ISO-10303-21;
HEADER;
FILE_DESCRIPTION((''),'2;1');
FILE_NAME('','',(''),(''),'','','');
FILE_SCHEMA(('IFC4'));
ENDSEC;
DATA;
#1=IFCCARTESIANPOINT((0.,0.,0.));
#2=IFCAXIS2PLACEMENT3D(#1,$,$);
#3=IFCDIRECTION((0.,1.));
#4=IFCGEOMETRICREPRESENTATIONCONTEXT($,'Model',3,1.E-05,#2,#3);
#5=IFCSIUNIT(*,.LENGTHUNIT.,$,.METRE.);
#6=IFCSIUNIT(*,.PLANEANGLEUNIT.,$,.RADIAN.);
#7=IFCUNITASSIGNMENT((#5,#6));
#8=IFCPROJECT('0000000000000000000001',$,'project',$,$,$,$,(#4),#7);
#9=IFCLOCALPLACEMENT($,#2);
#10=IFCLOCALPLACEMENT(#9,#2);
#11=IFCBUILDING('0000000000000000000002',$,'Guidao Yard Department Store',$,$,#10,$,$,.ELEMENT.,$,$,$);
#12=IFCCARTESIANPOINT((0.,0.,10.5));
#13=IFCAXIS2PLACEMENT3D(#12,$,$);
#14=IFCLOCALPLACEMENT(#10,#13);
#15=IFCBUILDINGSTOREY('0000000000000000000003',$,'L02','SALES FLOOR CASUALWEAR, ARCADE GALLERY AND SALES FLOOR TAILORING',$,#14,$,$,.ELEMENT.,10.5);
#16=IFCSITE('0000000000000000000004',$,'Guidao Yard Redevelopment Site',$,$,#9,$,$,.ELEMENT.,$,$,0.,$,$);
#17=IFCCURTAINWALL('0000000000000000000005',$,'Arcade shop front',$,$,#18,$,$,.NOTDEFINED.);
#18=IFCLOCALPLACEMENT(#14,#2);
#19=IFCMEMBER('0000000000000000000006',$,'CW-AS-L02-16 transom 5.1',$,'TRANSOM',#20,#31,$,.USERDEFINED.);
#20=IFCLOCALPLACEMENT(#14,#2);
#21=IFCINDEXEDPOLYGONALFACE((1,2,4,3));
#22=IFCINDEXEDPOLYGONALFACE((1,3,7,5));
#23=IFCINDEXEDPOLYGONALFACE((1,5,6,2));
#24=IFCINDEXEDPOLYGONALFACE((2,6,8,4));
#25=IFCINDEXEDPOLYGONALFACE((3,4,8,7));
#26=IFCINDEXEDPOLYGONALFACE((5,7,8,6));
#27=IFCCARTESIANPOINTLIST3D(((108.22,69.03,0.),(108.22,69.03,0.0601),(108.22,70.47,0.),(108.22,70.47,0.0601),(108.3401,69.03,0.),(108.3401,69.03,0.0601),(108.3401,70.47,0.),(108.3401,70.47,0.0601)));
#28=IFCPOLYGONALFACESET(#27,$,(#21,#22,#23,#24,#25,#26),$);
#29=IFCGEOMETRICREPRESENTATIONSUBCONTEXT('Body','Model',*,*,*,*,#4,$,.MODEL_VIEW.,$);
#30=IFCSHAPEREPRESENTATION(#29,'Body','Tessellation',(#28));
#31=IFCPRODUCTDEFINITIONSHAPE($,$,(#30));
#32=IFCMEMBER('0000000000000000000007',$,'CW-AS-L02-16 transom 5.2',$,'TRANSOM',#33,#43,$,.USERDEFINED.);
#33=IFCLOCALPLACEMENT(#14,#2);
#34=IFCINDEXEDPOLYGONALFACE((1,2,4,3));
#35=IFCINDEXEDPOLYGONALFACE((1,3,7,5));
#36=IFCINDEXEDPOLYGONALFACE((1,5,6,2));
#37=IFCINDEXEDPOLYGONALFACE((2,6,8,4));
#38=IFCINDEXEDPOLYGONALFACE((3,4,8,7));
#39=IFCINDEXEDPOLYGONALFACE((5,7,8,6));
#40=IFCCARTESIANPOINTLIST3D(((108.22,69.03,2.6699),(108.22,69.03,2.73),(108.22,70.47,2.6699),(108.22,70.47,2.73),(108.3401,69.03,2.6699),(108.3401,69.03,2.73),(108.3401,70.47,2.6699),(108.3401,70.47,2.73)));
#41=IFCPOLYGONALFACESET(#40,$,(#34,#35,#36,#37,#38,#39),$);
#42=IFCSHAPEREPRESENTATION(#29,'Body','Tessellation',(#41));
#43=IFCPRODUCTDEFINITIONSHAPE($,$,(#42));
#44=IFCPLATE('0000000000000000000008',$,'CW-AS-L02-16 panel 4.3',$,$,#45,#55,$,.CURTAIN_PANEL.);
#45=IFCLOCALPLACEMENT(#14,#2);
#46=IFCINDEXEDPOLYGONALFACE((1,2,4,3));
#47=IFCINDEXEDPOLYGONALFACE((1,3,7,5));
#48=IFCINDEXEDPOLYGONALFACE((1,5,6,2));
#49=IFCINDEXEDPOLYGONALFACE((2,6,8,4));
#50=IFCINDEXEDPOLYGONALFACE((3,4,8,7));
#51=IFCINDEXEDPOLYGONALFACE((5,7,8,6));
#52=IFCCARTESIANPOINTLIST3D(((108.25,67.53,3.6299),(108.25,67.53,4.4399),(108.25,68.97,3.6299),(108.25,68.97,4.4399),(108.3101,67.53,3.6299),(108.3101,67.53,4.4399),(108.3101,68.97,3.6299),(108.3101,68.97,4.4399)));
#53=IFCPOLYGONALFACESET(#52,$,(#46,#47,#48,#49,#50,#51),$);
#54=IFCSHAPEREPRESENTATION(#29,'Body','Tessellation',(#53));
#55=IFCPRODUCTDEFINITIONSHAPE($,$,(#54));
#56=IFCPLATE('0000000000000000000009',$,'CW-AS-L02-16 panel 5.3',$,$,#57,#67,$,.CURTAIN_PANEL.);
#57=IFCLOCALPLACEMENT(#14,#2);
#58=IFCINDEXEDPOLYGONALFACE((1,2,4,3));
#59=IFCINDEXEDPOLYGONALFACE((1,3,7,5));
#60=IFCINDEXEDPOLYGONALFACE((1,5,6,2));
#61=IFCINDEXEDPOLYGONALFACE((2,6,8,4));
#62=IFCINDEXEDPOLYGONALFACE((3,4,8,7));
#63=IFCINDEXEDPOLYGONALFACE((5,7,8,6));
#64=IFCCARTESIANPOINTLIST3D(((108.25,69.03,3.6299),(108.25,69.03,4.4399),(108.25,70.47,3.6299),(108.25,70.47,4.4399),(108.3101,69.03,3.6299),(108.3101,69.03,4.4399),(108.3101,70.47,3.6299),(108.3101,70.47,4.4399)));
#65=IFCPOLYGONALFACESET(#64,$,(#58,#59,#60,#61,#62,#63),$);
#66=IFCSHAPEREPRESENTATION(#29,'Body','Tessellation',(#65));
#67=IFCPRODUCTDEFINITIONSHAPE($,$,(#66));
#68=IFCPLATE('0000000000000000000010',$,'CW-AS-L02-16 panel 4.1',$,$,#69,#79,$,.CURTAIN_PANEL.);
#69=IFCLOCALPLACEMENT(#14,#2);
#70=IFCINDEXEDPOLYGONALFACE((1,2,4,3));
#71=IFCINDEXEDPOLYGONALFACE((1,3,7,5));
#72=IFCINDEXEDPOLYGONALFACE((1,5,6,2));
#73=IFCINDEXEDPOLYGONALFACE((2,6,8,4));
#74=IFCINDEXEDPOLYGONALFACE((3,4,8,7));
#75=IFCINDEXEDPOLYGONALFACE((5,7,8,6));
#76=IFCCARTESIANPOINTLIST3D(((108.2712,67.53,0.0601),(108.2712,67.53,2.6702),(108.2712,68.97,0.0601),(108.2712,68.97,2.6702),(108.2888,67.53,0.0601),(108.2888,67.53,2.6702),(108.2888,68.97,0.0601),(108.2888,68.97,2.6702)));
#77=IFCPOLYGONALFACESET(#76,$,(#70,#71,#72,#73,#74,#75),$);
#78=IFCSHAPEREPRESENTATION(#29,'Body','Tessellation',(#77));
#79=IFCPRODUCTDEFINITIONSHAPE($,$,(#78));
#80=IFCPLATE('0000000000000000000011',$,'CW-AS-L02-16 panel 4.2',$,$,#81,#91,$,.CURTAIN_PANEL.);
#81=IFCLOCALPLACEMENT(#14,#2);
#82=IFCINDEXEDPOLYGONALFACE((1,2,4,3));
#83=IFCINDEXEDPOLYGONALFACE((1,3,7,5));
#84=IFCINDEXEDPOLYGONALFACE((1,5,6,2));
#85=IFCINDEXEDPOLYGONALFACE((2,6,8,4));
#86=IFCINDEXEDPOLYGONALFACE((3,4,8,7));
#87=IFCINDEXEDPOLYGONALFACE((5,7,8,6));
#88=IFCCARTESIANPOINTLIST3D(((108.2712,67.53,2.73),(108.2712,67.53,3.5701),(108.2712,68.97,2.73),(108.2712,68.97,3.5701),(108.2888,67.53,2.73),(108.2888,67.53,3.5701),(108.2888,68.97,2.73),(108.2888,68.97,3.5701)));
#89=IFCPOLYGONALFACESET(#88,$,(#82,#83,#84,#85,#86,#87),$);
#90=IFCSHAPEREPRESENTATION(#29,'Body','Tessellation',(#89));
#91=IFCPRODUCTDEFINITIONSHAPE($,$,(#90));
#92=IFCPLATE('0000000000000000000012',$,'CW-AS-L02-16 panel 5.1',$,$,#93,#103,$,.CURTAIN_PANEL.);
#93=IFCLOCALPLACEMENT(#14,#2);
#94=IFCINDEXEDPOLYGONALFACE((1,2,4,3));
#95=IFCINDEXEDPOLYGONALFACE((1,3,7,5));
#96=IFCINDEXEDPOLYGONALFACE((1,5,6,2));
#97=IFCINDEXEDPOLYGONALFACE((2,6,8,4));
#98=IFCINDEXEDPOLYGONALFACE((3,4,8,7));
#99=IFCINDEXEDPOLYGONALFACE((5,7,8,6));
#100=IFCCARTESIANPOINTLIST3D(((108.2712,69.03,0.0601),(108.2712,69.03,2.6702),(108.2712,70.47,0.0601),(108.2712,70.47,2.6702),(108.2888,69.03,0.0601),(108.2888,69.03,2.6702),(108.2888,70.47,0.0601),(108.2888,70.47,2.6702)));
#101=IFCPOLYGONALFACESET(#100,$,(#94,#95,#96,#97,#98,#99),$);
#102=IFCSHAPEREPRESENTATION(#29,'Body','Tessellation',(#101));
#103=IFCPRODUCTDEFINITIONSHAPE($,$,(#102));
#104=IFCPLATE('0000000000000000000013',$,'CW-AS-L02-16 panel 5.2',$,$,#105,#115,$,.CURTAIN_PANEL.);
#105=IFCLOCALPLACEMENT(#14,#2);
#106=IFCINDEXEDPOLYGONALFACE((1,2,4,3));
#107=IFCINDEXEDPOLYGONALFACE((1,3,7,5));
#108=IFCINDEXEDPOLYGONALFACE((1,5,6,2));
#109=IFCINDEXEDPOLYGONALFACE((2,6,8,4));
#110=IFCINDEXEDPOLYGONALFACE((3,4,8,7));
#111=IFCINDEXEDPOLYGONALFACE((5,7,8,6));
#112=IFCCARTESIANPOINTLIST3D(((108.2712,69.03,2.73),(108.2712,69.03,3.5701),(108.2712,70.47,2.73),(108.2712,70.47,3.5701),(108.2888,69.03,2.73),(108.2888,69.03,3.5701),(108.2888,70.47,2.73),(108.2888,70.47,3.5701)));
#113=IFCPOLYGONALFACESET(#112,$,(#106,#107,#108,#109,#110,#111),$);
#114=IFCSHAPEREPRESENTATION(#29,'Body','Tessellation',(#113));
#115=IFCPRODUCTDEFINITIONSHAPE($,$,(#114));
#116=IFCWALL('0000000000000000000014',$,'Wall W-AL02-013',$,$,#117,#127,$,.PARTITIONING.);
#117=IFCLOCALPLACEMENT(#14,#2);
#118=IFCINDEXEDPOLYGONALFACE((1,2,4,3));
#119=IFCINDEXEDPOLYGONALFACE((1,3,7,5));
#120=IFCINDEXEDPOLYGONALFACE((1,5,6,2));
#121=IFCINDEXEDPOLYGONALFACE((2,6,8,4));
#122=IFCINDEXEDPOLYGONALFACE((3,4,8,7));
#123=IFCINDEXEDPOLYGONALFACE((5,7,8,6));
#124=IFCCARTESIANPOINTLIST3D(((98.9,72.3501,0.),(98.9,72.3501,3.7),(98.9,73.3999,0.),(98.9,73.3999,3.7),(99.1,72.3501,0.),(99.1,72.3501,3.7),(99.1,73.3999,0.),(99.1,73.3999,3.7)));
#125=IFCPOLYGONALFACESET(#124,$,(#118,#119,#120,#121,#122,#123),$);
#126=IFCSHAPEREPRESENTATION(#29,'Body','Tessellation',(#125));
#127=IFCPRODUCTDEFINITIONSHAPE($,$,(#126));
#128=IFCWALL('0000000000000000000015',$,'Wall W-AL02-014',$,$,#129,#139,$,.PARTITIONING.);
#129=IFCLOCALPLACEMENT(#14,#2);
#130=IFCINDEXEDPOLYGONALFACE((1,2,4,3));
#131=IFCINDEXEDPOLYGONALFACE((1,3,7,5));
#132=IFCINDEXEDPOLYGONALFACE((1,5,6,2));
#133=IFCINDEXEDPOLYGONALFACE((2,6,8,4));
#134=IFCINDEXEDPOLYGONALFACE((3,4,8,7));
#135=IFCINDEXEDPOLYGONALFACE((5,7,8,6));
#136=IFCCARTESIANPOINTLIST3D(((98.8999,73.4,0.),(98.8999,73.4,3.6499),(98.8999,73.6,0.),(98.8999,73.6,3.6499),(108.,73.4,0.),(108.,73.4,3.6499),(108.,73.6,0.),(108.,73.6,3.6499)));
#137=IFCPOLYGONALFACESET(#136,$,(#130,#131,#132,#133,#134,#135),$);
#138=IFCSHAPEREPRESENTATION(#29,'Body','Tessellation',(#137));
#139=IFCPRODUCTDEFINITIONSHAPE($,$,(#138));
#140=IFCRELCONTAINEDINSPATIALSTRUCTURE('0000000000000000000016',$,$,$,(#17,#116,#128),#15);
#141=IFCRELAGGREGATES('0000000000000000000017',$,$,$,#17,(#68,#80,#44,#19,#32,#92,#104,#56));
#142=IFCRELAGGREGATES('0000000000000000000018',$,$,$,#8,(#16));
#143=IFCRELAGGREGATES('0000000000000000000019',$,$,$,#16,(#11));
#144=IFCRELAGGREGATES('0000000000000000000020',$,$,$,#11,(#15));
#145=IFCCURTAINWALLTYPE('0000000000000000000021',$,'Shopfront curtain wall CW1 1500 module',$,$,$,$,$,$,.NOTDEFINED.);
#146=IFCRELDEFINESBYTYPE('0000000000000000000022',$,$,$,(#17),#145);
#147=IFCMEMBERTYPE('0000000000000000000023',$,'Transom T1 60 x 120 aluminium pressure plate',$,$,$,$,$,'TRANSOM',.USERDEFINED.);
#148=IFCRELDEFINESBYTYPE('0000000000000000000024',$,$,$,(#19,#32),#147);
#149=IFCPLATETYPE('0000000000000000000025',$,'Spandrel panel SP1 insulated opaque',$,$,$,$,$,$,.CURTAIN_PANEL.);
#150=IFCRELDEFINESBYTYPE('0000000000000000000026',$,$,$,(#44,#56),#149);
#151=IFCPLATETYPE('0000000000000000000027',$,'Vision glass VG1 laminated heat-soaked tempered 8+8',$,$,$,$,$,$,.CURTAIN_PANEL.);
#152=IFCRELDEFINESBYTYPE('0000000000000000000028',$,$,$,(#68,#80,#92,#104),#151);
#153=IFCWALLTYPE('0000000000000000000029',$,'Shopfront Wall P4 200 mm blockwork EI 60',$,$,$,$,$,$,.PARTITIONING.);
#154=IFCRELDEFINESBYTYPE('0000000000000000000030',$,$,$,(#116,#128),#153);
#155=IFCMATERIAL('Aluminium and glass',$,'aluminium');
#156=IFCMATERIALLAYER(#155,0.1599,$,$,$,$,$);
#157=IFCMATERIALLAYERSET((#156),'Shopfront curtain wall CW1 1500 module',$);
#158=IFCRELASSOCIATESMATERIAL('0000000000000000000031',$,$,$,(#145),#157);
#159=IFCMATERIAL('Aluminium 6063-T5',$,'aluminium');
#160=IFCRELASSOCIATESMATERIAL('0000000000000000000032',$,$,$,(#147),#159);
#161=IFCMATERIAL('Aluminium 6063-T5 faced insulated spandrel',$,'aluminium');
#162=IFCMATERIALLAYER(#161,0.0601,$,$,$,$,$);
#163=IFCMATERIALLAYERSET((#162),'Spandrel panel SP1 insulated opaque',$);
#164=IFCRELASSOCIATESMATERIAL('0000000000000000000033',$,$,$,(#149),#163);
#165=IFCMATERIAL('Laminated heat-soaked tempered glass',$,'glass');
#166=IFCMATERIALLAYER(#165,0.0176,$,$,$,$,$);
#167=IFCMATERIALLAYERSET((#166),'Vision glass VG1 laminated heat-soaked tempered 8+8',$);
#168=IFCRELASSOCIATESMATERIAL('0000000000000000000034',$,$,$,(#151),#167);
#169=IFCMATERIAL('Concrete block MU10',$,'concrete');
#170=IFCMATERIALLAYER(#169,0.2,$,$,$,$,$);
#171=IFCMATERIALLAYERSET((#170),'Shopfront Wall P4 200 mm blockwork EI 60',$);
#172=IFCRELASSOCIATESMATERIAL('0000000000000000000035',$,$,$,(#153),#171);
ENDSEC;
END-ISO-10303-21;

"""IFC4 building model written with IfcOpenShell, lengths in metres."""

from ifc_helpers import new_model, si_unit, direction, frame, frame_2d, origin, origin_2d, place, context, subcontext, project, spatial, rectangle, extrude, material, layer, layer_set, material_profile, profile_set, type_object, element, aggregate, save


model = new_model("IFC4")

# Units and contexts
model_context = context("Model", 3, precision=1e-05, world=origin(), true_north=direction((0.0, 1.0)))
body_context = subcontext(model_context, "Body", "Model", "MODEL_VIEW")
ifc_project = project(units=[si_unit("LENGTHUNIT", "METRE"), si_unit("PLANEANGLEUNIT", "RADIAN")], contexts=[model_context])

# Site, building, storey
site_placement = place(None, origin())
site = spatial("IfcSite", under=ifc_project, at=site_placement, Name="Guidao Yard Redevelopment Site", CompositionType="ELEMENT", RefElevation=0.0)
building_placement = place(site_placement, origin())
building = spatial("IfcBuilding", under=site, at=building_placement, Name="Guidao Yard Department Store", CompositionType="ELEMENT")
storey_placement = place(building_placement, frame((0.0, 0.0, 10.5)))
storey = spatial("IfcBuildingStorey", under=building, at=storey_placement, Name="L02", Description="SALES FLOOR CASUALWEAR, ARCADE GALLERY AND SALES FLOOR TAILORING", CompositionType="ELEMENT", Elevation=10.5)

# Curtain wall
ifc_material_1 = material(Name="Aluminium and glass", Category="aluminium")
ifc_layer_1 = layer(ifc_material_1, 0.1599)
ifc_layer_set_1 = layer_set([ifc_layer_1], Name="Shopfront curtain wall CW1 1500 module")
curtain_wall_type = type_object("IfcCurtainWallType", Name="Shopfront curtain wall CW1 1500 module", PredefinedType="NOTDEFINED", material=ifc_layer_set_1)
curtain_wall_placement = place(storey_placement, origin())
curtain_wall = element("IfcCurtainWall", 1, at=curtain_wall_placement, inside=storey, type_object=curtain_wall_type, Name="Arcade shop front", PredefinedType="NOTDEFINED")

# Members
ifc_material_2 = material(Name="Aluminium 6063-T5", Category="aluminium")
ifc_material_profile_1 = material_profile(ifc_material_2, rectangle(XDim=0.1201, YDim=0.0601, at=origin_2d()), Name="Transom T1 60 x 120 aluminium pressure plate")
ifc_profile_set_1 = profile_set([ifc_material_profile_1], Name="Aluminium 6063-T5")
member_type_1 = type_object("IfcMemberType", Name="Transom T1 60 x 120 aluminium pressure plate", ElementType="TRANSOM", PredefinedType="USERDEFINED", material=ifc_profile_set_1)
member_1_placement = place(storey_placement, frame((108.28, 70.47, 0.03), z_axis=(0.0, -1.0, 0.0), x_axis=(1.0, 0.0, 0.0)))
member_1 = element("IfcMember", 2, at=member_1_placement, type_object=member_type_1, Name="CW-AS-L02-16 transom 5.1", ObjectType="TRANSOM", PredefinedType="USERDEFINED", context=body_context, shape_type="SweptSolid", body=[
    extrude(rectangle(XDim=0.1201, YDim=0.0601, at=origin_2d()), origin(), (0.0, 0.0, 1.0), 1.4399),
])
member_2_placement = place(storey_placement, frame((108.28, 70.47, 2.7), z_axis=(0.0, -1.0, 0.0), x_axis=(1.0, 0.0, 0.0)))
member_2 = element("IfcMember", 3, at=member_2_placement, type_object=member_type_1, Name="CW-AS-L02-16 transom 5.2", ObjectType="TRANSOM", PredefinedType="USERDEFINED", context=body_context, shape_type="SweptSolid", body=[
    extrude(rectangle(XDim=0.1201, YDim=0.0601, at=origin_2d()), origin(), (0.0, 0.0, 1.0), 1.4399),
])

# Plates
ifc_material_3 = material(Name="Aluminium 6063-T5 faced insulated spandrel", Category="aluminium")
ifc_layer_2 = layer(ifc_material_3, 0.0601)
ifc_layer_set_2 = layer_set([ifc_layer_2], Name="Spandrel panel SP1 insulated opaque")
plate_type_1 = type_object("IfcPlateType", Name="Spandrel panel SP1 insulated opaque", PredefinedType="CURTAIN_PANEL", material=ifc_layer_set_2)
plate_1_placement = place(storey_placement, frame((108.28, 68.25, 3.6299), z_axis=(0.0, 0.0, 1.0), x_axis=(0.0, -1.0, 0.0)))
plate_1 = element("IfcPlate", 4, at=plate_1_placement, type_object=plate_type_1, Name="CW-AS-L02-16 panel 4.3", PredefinedType="CURTAIN_PANEL", context=body_context, shape_type="SweptSolid", body=[
    extrude(rectangle(XDim=1.4399, YDim=0.0601, at=origin_2d()), origin(), (0.0, 0.0, 1.0), 0.8101),
])
plate_2_placement = place(storey_placement, frame((108.28, 69.75, 3.6299), z_axis=(0.0, 0.0, 1.0), x_axis=(0.0, -1.0, 0.0)))
plate_2 = element("IfcPlate", 5, at=plate_2_placement, type_object=plate_type_1, Name="CW-AS-L02-16 panel 5.3", PredefinedType="CURTAIN_PANEL", context=body_context, shape_type="SweptSolid", body=[
    extrude(rectangle(XDim=1.4399, YDim=0.0601, at=origin_2d()), origin(), (0.0, 0.0, 1.0), 0.8101),
])
ifc_material_4 = material(Name="Laminated heat-soaked tempered glass", Category="glass")
ifc_layer_3 = layer(ifc_material_4, 0.0176)
ifc_layer_set_3 = layer_set([ifc_layer_3], Name="Vision glass VG1 laminated heat-soaked tempered 8+8")
plate_type_2 = type_object("IfcPlateType", Name="Vision glass VG1 laminated heat-soaked tempered 8+8", PredefinedType="CURTAIN_PANEL", material=ifc_layer_set_3)
plate_3_placement = place(storey_placement, frame((108.28, 68.25, 0.0601), z_axis=(0.0, 0.0, 1.0), x_axis=(0.0, -1.0, 0.0)))
plate_3 = element("IfcPlate", 6, at=plate_3_placement, type_object=plate_type_2, Name="CW-AS-L02-16 panel 4.1", PredefinedType="CURTAIN_PANEL", context=body_context, shape_type="SweptSolid", body=[
    extrude(rectangle(XDim=1.4399, YDim=0.0176, at=origin_2d()), origin(), (0.0, 0.0, 1.0), 2.6101),
])
plate_4_placement = place(storey_placement, frame((108.28, 68.25, 2.73), z_axis=(0.0, 0.0, 1.0), x_axis=(0.0, -1.0, 0.0)))
plate_4 = element("IfcPlate", 7, at=plate_4_placement, type_object=plate_type_2, Name="CW-AS-L02-16 panel 4.2", PredefinedType="CURTAIN_PANEL", context=body_context, shape_type="SweptSolid", body=[
    extrude(rectangle(XDim=1.4399, YDim=0.0176, at=origin_2d()), origin(), (0.0, 0.0, 1.0), 0.8401),
])
plate_5_placement = place(storey_placement, frame((108.28, 69.75, 0.0601), z_axis=(0.0, 0.0, 1.0), x_axis=(0.0, -1.0, 0.0)))
plate_5 = element("IfcPlate", 8, at=plate_5_placement, type_object=plate_type_2, Name="CW-AS-L02-16 panel 5.1", PredefinedType="CURTAIN_PANEL", context=body_context, shape_type="SweptSolid", body=[
    extrude(rectangle(XDim=1.4399, YDim=0.0176, at=origin_2d()), origin(), (0.0, 0.0, 1.0), 2.6101),
])
plate_6_placement = place(storey_placement, frame((108.28, 69.75, 2.73), z_axis=(0.0, 0.0, 1.0), x_axis=(0.0, -1.0, 0.0)))
plate_6 = element("IfcPlate", 9, at=plate_6_placement, type_object=plate_type_2, Name="CW-AS-L02-16 panel 5.2", PredefinedType="CURTAIN_PANEL", context=body_context, shape_type="SweptSolid", body=[
    extrude(rectangle(XDim=1.4399, YDim=0.0176, at=origin_2d()), origin(), (0.0, 0.0, 1.0), 0.8401),
])
aggregate(curtain_wall, [plate_3, plate_4, plate_1, member_1, member_2, plate_5, plate_6, plate_2])

# Walls
ifc_material_5 = material(Name="Concrete block MU10", Category="concrete")
ifc_layer_4 = layer(ifc_material_5, 0.2)
ifc_layer_set_4 = layer_set([ifc_layer_4], Name="Shopfront Wall P4 200 mm blockwork EI 60")
wall_type_1 = type_object("IfcWallType", Name="Shopfront Wall P4 200 mm blockwork EI 60", PredefinedType="PARTITIONING", material=ifc_layer_set_4)
wall_1_placement = place(storey_placement, frame((99.0, 72.3501, 0.0), z_axis=(0.0, 0.0, 1.0), x_axis=(0.0, 1.0, 0.0)))
element("IfcWall", 10, at=wall_1_placement, inside=storey, type_object=wall_type_1, Name="Wall W-AL02-013", PredefinedType="PARTITIONING", context=body_context, shape_type="SweptSolid", body=[
    extrude(rectangle(XDim=1.0498, YDim=0.2, at=frame_2d((0.5249, 0.0))), origin(), (0.0, 0.0, 1.0), 3.7),
])
wall_2_placement = place(storey_placement, frame((98.8999, 73.5, 0.0), z_axis=(0.0, 0.0, 1.0), x_axis=(1.0, 0.0, 0.0)))
element("IfcWall", 11, at=wall_2_placement, inside=storey, type_object=wall_type_1, Name="Wall W-AL02-014", PredefinedType="PARTITIONING", context=body_context, shape_type="SweptSolid", body=[
    extrude(rectangle(XDim=9.1001, YDim=0.2, at=frame_2d((4.55, 0.0))), origin(), (0.0, 0.0, 1.0), 3.6499),
])

save(model, "model.ifc")
